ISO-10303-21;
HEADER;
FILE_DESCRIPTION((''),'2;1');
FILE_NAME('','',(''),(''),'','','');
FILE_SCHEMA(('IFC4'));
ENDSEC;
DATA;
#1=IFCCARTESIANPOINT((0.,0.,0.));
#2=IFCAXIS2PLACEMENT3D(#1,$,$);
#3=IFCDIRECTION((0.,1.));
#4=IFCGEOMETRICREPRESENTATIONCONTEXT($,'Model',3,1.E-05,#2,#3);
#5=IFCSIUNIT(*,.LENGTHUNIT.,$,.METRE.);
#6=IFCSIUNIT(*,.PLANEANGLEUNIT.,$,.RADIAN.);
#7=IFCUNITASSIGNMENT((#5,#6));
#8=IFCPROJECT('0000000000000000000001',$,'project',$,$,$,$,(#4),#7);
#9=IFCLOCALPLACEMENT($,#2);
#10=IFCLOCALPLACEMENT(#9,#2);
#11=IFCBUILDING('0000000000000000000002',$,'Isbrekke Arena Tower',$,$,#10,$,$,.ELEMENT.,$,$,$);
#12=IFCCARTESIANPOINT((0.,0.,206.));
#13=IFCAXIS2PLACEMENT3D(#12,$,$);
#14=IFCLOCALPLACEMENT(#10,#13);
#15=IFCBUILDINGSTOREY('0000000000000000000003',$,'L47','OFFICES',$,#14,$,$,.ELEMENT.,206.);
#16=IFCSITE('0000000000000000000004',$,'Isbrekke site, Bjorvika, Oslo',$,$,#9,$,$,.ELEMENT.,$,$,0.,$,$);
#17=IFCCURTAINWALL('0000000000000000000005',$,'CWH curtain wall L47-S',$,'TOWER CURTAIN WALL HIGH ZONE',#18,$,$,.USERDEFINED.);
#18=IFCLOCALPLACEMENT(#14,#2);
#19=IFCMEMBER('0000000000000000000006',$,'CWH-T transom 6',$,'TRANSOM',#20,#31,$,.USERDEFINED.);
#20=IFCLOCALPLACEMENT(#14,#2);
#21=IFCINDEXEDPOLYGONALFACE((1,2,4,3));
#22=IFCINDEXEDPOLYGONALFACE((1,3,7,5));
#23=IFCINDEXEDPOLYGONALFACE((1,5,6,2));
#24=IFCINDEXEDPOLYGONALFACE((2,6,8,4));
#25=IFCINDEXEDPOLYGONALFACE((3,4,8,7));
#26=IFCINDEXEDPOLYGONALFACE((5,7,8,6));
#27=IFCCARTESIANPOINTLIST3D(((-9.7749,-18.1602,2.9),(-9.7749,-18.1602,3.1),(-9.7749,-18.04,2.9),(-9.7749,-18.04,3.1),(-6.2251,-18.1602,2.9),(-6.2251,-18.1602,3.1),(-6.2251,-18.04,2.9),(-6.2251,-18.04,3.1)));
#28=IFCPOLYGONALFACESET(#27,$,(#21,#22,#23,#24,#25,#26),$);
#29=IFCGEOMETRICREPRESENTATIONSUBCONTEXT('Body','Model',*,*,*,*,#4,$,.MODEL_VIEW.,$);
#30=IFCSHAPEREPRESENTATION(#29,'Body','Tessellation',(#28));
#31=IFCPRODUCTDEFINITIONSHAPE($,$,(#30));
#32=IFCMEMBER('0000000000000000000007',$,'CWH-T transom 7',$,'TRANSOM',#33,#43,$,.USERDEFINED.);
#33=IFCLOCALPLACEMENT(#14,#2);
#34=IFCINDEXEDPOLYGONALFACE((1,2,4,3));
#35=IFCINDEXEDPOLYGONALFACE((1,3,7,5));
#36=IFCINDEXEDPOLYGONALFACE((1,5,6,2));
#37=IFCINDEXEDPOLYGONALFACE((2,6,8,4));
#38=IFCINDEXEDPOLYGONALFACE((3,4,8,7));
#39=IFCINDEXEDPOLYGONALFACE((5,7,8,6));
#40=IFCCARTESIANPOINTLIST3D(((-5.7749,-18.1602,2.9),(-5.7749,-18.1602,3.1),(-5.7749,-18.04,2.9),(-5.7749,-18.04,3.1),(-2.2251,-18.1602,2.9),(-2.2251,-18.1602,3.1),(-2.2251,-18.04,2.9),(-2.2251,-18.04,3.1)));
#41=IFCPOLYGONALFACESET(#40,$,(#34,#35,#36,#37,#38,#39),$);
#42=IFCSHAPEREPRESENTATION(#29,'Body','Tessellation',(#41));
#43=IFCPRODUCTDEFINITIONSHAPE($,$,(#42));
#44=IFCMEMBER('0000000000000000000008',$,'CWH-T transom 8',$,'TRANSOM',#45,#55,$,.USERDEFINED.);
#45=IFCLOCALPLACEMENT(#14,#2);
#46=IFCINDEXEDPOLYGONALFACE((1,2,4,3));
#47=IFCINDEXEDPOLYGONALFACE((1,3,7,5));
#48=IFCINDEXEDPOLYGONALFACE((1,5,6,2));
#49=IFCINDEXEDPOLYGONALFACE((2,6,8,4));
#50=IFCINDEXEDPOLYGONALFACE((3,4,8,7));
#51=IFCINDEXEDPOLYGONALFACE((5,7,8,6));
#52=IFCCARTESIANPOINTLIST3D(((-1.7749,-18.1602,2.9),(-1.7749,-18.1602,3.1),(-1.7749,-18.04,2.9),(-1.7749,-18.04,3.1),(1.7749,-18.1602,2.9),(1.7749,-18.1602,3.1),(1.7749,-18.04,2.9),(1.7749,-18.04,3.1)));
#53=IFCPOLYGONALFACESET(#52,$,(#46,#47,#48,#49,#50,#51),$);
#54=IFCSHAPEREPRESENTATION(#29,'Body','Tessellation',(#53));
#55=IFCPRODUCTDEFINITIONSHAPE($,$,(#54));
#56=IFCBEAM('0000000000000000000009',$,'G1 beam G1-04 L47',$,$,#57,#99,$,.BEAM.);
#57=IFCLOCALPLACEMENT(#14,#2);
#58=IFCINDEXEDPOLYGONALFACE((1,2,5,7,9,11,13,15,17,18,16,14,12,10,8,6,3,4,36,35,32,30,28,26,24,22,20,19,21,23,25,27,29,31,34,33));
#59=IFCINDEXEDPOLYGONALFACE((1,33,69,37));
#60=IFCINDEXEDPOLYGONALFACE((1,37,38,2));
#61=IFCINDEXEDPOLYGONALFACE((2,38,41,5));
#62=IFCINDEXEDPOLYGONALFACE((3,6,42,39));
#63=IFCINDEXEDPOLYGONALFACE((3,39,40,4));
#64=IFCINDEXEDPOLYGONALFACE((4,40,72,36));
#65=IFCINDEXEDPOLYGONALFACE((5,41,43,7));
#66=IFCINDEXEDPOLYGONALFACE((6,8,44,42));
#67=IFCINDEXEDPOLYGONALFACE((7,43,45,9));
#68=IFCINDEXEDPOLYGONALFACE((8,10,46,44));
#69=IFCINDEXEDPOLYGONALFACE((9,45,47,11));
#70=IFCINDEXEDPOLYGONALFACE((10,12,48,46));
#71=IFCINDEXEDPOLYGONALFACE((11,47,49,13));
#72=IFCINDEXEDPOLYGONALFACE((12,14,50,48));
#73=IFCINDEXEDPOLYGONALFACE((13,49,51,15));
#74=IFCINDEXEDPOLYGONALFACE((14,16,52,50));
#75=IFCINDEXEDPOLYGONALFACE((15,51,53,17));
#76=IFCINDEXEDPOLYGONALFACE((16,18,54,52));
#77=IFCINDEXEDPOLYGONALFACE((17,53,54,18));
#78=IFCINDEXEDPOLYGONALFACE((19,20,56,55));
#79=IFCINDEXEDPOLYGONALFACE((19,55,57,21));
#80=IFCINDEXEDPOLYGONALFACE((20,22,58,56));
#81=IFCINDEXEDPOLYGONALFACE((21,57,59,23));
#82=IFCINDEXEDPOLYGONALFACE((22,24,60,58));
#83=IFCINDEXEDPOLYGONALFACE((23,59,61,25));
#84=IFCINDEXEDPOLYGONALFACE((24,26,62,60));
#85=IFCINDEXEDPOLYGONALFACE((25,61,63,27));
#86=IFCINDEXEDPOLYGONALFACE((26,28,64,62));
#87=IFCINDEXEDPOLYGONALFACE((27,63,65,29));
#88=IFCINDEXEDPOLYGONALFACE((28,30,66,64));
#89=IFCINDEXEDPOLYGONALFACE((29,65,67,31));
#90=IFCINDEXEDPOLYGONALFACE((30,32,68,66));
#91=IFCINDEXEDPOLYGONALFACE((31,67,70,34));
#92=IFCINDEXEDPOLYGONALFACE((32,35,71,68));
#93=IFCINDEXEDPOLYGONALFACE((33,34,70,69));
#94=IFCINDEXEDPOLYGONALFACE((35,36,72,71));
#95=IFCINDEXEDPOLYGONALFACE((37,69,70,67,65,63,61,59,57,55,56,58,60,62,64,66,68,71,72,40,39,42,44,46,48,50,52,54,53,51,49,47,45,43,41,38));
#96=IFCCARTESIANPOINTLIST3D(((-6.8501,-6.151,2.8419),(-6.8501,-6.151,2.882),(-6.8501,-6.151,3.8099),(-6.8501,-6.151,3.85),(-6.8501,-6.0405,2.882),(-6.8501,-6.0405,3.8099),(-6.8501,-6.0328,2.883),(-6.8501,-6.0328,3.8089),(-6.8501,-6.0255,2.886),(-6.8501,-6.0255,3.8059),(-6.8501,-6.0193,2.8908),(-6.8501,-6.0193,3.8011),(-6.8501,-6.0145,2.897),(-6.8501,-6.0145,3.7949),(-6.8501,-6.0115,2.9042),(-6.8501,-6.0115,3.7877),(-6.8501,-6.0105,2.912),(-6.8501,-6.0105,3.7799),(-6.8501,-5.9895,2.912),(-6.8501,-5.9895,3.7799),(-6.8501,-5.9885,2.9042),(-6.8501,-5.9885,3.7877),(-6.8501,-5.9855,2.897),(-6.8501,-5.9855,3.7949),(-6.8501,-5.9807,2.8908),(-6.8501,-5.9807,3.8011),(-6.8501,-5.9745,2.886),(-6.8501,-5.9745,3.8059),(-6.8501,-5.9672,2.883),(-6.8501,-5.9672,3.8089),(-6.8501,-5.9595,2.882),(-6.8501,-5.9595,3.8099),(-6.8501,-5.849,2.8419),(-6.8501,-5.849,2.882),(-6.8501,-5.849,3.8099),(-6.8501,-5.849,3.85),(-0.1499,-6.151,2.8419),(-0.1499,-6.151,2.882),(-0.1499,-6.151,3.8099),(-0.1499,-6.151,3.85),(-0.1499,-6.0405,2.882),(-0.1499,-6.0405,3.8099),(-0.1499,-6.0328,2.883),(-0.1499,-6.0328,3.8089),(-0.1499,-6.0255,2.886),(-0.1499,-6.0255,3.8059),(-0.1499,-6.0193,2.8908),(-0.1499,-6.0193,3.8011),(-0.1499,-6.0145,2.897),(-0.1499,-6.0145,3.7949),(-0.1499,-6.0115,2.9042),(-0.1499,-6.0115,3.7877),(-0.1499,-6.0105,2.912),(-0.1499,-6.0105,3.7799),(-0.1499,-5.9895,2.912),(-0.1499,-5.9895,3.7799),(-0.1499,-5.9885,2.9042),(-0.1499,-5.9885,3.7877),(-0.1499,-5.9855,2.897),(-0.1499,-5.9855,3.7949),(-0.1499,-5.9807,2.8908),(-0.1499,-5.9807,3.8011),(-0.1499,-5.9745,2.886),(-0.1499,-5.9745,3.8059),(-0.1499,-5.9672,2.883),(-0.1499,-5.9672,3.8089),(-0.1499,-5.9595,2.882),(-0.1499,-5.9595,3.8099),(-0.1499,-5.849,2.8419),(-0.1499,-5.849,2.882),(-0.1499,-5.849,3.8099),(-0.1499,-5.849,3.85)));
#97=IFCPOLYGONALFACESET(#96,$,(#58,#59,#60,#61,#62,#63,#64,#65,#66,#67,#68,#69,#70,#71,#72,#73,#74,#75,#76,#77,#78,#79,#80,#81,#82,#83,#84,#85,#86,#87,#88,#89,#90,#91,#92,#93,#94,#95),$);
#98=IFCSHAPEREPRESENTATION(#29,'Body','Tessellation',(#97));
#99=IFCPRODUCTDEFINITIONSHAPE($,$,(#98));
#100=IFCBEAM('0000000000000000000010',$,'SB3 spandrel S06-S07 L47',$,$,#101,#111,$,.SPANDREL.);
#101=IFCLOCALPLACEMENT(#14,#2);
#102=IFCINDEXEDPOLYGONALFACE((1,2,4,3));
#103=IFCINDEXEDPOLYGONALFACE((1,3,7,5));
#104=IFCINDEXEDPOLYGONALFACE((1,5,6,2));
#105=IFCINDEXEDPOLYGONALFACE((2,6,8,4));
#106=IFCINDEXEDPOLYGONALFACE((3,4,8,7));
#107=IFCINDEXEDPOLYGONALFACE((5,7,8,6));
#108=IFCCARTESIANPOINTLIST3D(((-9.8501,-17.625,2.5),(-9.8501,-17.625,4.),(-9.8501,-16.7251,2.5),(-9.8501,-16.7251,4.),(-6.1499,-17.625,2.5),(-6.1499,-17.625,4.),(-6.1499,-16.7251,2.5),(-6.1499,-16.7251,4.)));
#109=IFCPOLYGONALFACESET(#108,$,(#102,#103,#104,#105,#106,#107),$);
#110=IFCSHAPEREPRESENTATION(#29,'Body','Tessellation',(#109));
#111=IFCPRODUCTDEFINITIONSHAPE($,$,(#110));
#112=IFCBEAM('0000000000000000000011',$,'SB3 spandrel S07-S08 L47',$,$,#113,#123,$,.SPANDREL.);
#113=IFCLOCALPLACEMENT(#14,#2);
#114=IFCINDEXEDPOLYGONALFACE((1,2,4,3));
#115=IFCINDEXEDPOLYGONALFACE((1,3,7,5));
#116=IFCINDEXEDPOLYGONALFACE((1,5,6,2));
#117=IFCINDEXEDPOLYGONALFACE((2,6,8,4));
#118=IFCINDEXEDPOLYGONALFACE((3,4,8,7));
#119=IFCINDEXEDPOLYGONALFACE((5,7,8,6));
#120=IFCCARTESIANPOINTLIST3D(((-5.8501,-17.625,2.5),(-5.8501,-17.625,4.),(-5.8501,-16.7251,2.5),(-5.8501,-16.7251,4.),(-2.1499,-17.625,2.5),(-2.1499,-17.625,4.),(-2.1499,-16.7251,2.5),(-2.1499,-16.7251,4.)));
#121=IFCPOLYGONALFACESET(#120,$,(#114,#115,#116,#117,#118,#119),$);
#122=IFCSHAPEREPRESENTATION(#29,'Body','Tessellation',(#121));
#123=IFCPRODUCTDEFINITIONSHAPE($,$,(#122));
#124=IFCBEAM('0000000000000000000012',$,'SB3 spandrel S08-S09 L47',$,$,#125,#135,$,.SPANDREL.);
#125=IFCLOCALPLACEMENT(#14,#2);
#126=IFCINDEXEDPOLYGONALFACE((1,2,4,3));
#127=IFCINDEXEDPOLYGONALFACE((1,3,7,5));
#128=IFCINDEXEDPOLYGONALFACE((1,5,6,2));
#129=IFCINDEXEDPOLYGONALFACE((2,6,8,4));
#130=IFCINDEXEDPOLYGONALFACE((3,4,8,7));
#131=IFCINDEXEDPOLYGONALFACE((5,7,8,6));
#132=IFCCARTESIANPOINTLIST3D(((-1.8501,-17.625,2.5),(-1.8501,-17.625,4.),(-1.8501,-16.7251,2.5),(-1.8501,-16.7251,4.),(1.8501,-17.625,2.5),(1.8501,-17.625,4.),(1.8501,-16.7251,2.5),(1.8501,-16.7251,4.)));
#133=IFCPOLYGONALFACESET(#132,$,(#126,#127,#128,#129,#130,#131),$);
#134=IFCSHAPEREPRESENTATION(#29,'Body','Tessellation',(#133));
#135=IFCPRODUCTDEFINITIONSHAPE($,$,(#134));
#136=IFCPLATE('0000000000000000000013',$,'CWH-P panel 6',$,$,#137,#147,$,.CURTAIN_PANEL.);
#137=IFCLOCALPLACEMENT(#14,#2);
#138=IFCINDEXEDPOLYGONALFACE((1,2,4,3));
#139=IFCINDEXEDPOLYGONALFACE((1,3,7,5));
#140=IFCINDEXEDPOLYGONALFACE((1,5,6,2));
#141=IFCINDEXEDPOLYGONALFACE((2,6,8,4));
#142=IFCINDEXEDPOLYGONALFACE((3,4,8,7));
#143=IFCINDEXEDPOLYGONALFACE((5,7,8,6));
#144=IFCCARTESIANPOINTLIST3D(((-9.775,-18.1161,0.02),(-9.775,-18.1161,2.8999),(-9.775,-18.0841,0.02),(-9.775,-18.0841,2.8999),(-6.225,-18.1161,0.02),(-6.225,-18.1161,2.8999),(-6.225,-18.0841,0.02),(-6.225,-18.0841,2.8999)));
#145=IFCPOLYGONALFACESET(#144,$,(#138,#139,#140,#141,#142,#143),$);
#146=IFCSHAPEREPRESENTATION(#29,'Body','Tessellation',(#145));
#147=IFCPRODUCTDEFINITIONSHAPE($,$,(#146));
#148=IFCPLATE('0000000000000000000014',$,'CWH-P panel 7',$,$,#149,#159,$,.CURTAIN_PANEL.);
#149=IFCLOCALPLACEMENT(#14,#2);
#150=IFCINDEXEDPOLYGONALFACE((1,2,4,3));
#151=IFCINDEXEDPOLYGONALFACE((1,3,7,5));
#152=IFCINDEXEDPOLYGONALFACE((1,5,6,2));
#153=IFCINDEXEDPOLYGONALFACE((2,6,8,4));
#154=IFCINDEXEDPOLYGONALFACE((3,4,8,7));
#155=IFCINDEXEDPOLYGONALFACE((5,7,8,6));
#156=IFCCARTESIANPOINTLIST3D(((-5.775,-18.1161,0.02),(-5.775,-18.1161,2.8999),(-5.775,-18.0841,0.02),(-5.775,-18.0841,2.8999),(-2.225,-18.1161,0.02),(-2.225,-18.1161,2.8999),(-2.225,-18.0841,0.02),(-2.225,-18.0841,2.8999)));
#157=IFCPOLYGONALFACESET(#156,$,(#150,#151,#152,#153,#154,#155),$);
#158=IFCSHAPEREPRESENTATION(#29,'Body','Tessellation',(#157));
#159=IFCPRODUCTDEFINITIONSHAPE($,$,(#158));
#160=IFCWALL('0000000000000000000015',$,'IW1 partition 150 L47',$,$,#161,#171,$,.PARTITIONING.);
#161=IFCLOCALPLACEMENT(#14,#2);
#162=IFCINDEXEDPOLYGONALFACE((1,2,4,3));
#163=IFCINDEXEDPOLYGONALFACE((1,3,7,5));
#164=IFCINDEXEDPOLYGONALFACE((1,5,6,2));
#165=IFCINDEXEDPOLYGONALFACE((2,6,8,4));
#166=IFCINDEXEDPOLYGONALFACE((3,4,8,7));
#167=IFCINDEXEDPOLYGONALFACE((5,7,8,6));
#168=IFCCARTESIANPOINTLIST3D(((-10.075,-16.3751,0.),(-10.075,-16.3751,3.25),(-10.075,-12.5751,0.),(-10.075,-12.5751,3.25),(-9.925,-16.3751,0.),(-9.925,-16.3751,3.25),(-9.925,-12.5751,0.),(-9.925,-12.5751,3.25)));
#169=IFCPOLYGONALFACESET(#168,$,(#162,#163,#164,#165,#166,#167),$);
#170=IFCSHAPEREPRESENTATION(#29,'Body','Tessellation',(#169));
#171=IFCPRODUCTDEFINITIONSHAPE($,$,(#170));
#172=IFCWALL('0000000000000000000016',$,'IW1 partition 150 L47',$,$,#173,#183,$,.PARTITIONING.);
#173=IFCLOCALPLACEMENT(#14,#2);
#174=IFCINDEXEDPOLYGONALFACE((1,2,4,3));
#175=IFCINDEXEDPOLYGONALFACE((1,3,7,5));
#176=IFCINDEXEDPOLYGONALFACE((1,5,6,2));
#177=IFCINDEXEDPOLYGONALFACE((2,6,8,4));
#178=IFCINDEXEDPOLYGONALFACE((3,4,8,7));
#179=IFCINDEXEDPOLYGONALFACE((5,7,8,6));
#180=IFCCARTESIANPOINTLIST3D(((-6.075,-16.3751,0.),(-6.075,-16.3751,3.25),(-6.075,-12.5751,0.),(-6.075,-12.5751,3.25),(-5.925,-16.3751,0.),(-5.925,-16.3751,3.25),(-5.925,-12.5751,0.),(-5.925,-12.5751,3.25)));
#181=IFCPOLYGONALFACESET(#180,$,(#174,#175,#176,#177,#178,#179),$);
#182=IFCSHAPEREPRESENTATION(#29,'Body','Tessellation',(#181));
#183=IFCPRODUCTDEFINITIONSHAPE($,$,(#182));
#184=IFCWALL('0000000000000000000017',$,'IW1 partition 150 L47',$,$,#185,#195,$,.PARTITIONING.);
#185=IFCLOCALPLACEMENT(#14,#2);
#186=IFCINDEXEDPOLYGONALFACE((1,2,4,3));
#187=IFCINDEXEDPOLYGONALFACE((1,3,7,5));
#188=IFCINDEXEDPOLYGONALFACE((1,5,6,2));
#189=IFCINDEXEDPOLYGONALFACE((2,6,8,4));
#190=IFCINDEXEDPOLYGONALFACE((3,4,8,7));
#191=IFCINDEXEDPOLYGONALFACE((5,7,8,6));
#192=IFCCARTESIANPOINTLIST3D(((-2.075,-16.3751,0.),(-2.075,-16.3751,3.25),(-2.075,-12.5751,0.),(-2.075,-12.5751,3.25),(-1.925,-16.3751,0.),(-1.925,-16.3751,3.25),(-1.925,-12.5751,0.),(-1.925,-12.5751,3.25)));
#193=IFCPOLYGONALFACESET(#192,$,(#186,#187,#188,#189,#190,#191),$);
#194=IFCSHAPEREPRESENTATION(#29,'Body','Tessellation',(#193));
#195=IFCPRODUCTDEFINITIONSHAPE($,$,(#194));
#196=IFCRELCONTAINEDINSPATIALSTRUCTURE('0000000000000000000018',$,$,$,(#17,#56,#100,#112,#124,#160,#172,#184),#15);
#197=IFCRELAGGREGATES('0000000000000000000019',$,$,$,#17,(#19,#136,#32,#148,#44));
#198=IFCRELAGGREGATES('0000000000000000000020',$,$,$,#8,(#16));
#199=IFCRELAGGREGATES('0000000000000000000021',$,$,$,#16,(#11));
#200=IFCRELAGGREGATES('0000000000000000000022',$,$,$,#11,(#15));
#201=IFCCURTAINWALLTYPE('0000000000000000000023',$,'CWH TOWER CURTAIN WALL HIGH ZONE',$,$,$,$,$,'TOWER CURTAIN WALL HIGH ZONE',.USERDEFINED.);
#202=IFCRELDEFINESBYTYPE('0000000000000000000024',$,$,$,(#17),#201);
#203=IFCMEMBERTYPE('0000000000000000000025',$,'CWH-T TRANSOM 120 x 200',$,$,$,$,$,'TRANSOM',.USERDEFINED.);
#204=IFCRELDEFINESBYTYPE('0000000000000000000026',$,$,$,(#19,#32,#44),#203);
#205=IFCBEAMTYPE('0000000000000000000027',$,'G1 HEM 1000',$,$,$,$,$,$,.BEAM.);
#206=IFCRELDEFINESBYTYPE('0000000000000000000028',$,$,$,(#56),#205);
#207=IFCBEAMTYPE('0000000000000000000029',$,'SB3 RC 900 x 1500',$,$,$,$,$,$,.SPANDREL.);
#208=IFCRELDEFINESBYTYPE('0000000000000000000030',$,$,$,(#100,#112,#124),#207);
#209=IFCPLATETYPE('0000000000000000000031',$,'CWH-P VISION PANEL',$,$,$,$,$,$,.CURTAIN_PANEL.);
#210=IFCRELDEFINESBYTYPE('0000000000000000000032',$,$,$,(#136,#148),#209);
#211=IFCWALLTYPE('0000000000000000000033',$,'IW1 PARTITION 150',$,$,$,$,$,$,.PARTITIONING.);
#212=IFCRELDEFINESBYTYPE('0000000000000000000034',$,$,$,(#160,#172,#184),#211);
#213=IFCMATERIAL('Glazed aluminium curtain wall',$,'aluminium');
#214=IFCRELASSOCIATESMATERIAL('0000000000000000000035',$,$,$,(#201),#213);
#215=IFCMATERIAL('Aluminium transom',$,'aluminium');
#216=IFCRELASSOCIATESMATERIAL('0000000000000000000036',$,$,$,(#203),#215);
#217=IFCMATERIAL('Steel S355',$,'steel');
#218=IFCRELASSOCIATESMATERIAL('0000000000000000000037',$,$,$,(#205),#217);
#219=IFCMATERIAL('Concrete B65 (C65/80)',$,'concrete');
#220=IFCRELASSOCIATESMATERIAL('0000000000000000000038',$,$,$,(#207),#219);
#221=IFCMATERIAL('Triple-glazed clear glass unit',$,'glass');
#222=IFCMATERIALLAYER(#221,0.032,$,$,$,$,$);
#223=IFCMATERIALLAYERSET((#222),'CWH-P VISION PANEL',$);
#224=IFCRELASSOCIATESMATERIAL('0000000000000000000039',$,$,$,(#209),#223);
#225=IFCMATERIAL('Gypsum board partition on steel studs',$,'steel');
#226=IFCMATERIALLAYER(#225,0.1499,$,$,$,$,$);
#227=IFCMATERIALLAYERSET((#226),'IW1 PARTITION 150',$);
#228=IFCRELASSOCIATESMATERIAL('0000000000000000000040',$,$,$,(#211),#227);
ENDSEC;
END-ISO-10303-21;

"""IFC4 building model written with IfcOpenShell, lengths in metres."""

from ifc_helpers import new_model, si_unit, direction, frame, frame_2d, origin, origin_2d, place, context, subcontext, project, spatial, rectangle, i_section, extrude, material, layer, layer_set, material_profile, profile_set, type_object, element, aggregate, save


model = new_model("IFC4")

# Units and contexts
model_context = context("Model", 3, precision=1e-05, world=origin(), true_north=direction((0.0, 1.0)))
body_context = subcontext(model_context, "Body", "Model", "MODEL_VIEW")
ifc_project = project(units=[si_unit("LENGTHUNIT", "METRE"), si_unit("PLANEANGLEUNIT", "RADIAN")], contexts=[model_context])

# Site, building, storey
site_placement = place(None, origin())
site = spatial("IfcSite", under=ifc_project, at=site_placement, Name="Isbrekke site, Bjorvika, Oslo", CompositionType="ELEMENT", RefElevation=0.0)
building_placement = place(site_placement, origin())
building = spatial("IfcBuilding", under=site, at=building_placement, Name="Isbrekke Arena Tower", CompositionType="ELEMENT")
storey_placement = place(building_placement, frame((0.0, 0.0, 206.0)))
storey = spatial("IfcBuildingStorey", under=building, at=storey_placement, Name="L47", Description="OFFICES", CompositionType="ELEMENT", Elevation=206.0)

# Curtain wall, members
ifc_material_1 = material(Name="Glazed aluminium curtain wall", Category="aluminium")
curtain_wall_type = type_object("IfcCurtainWallType", Name="CWH TOWER CURTAIN WALL HIGH ZONE", ElementType="TOWER CURTAIN WALL HIGH ZONE", PredefinedType="USERDEFINED", material=ifc_material_1)
curtain_wall_placement = place(storey_placement, origin())
curtain_wall = element("IfcCurtainWall", 1, at=curtain_wall_placement, inside=storey, type_object=curtain_wall_type, Name="CWH curtain wall L47-S", ObjectType="TOWER CURTAIN WALL HIGH ZONE", PredefinedType="USERDEFINED")
ifc_material_2 = material(Name="Aluminium transom", Category="aluminium")
ifc_material_profile_1 = material_profile(ifc_material_2, rectangle(XDim=0.1201, YDim=0.2, at=origin_2d()), Name="TRANSOM 120X200")
ifc_profile_set_1 = profile_set([ifc_material_profile_1], Name="Aluminium transom")
member_type_1 = type_object("IfcMemberType", Name="CWH-T TRANSOM 120 x 200", ElementType="TRANSOM", PredefinedType="USERDEFINED", material=ifc_profile_set_1)
member_1_placement = place(storey_placement, frame((-9.7749, -18.1001, 3.0), z_axis=(1.0, 0.0, 0.0), x_axis=(0.0, 1.0, 0.0)))
member_1 = element("IfcMember", 2, at=member_1_placement, type_object=member_type_1, Name="CWH-T transom 6", ObjectType="TRANSOM", PredefinedType="USERDEFINED", context=body_context, shape_type="SweptSolid", body=[
    extrude(rectangle(XDim=0.1201, YDim=0.2, at=origin_2d()), origin(), (0.0, 0.0, 1.0), 3.5498),
])
member_2_placement = place(storey_placement, frame((-5.7749, -18.1001, 3.0), z_axis=(1.0, 0.0, 0.0), x_axis=(0.0, 1.0, 0.0)))
member_2 = element("IfcMember", 3, at=member_2_placement, type_object=member_type_1, Name="CWH-T transom 7", ObjectType="TRANSOM", PredefinedType="USERDEFINED", context=body_context, shape_type="SweptSolid", body=[
    extrude(rectangle(XDim=0.1201, YDim=0.2, at=origin_2d()), origin(), (0.0, 0.0, 1.0), 3.5498),
])
member_3_placement = place(storey_placement, frame((-1.7749, -18.1001, 3.0), z_axis=(1.0, 0.0, 0.0), x_axis=(0.0, 1.0, 0.0)))
member_3 = element("IfcMember", 4, at=member_3_placement, type_object=member_type_1, Name="CWH-T transom 8", ObjectType="TRANSOM", PredefinedType="USERDEFINED", context=body_context, shape_type="SweptSolid", body=[
    extrude(rectangle(XDim=0.1201, YDim=0.2, at=origin_2d()), origin(), (0.0, 0.0, 1.0), 3.5498),
])

# Beams
ifc_material_3 = material(Name="Steel S355", Category="steel")
ifc_material_profile_2 = material_profile(ifc_material_3, i_section(OverallWidth=0.302, OverallDepth=1.0081, WebThickness=0.021, FlangeThickness=0.04, FilletRadius=0.03, at=origin_2d()), Name="HEM 1000")
ifc_profile_set_2 = profile_set([ifc_material_profile_2], Name="Steel S355")
beam_type_1 = type_object("IfcBeamType", Name="G1 HEM 1000", PredefinedType="BEAM", material=ifc_profile_set_2)
beam_1_placement = place(storey_placement, frame((-6.8501, -6.0, 3.3459), z_axis=(1.0, 0.0, 0.0), x_axis=(0.0, 1.0, 0.0)))
element("IfcBeam", 5, at=beam_1_placement, inside=storey, type_object=beam_type_1, Name="G1 beam G1-04 L47", PredefinedType="BEAM", context=body_context, shape_type="SweptSolid", body=[
    extrude(i_section(OverallWidth=0.302, OverallDepth=1.0081, WebThickness=0.021, FlangeThickness=0.04, FilletRadius=0.03, at=origin_2d()), origin(), (0.0, 0.0, 1.0), 6.7002),
])
ifc_material_4 = material(Name="Concrete B65 (C65/80)", Category="concrete")
ifc_material_profile_3 = material_profile(ifc_material_4, rectangle(XDim=0.8999, YDim=1.5, at=origin_2d()), Name="RC 900x1500")
ifc_profile_set_3 = profile_set([ifc_material_profile_3], Name="Concrete B65 (C65/80)")
beam_type_2 = type_object("IfcBeamType", Name="SB3 RC 900 x 1500", PredefinedType="SPANDREL", material=ifc_profile_set_3)
for number, where, z_axis, x_axis, name in (
    (6, (-9.8501, -17.175, 3.25), (1.0, 0.0, 0.0), (0.0, 1.0, 0.0), "SB3 spandrel S06-S07 L47"),
    (7, (-5.8501, -17.175, 3.25), (1.0, 0.0, 0.0), (0.0, 1.0, 0.0), "SB3 spandrel S07-S08 L47"),
    (8, (-1.8501, -17.175, 3.25), (1.0, 0.0, 0.0), (0.0, 1.0, 0.0), "SB3 spandrel S08-S09 L47"),
):
    element("IfcBeam", number, at=place(storey_placement, frame(where, z_axis=z_axis, x_axis=x_axis)), inside=storey, type_object=beam_type_2, Name=name, PredefinedType="SPANDREL", context=body_context, shape_type="SweptSolid", body=[
        extrude(rectangle(XDim=0.8999, YDim=1.5, at=origin_2d()), origin(), (0.0, 0.0, 1.0), 3.7002),
    ])

# Plates
ifc_material_5 = material(Name="Triple-glazed clear glass unit", Category="glass")
ifc_layer_1 = layer(ifc_material_5, 0.032)
ifc_layer_set_1 = layer_set([ifc_layer_1], Name="CWH-P VISION PANEL")
plate_type = type_object("IfcPlateType", Name="CWH-P VISION PANEL", PredefinedType="CURTAIN_PANEL", material=ifc_layer_set_1)
plate_1_placement = place(storey_placement, frame((-8.0, -18.1001, 0.02), z_axis=(0.0, 0.0, 1.0), x_axis=(1.0, 0.0, 0.0)))
plate_1 = element("IfcPlate", 9, at=plate_1_placement, type_object=plate_type, Name="CWH-P panel 6", PredefinedType="CURTAIN_PANEL", context=body_context, shape_type="SweptSolid", body=[
    extrude(rectangle(XDim=3.55, YDim=0.032, at=origin_2d()), origin(), (0.0, 0.0, 1.0), 2.8799),
])
plate_2_placement = place(storey_placement, frame((-4.0, -18.1001, 0.02), z_axis=(0.0, 0.0, 1.0), x_axis=(1.0, 0.0, 0.0)))
plate_2 = element("IfcPlate", 10, at=plate_2_placement, type_object=plate_type, Name="CWH-P panel 7", PredefinedType="CURTAIN_PANEL", context=body_context, shape_type="SweptSolid", body=[
    extrude(rectangle(XDim=3.55, YDim=0.032, at=origin_2d()), origin(), (0.0, 0.0, 1.0), 2.8799),
])
aggregate(curtain_wall, [member_1, plate_1, member_2, plate_2, member_3])

# Walls
ifc_material_6 = material(Name="Gypsum board partition on steel studs", Category="steel")
ifc_layer_2 = layer(ifc_material_6, 0.1499)
ifc_layer_set_2 = layer_set([ifc_layer_2], Name="IW1 PARTITION 150")
wall_type_1 = type_object("IfcWallType", Name="IW1 PARTITION 150", PredefinedType="PARTITIONING", material=ifc_layer_set_2)
for number, where, z_axis, x_axis, name in (
    (11, (-10.0, -16.375, 0.0), (0.0, 0.0, 1.0), (0.0, 1.0, 0.0), "IW1 partition 150 L47"),
    (12, (-6.0, -16.375, 0.0), (0.0, 0.0, 1.0), (0.0, 1.0, 0.0), "IW1 partition 150 L47"),
    (13, (-2.0, -16.375, 0.0), (0.0, 0.0, 1.0), (0.0, 1.0, 0.0), "IW1 partition 150 L47"),
):
    element("IfcWall", number, at=place(storey_placement, frame(where, z_axis=z_axis, x_axis=x_axis)), inside=storey, type_object=wall_type_1, Name=name, PredefinedType="PARTITIONING", context=body_context, shape_type="SweptSolid", body=[
        extrude(rectangle(XDim=3.8, YDim=0.1499, at=frame_2d((1.8999, 0.0))), origin(), (0.0, 0.0, 1.0), 3.25),
    ])

save(model, "model.ifc")
